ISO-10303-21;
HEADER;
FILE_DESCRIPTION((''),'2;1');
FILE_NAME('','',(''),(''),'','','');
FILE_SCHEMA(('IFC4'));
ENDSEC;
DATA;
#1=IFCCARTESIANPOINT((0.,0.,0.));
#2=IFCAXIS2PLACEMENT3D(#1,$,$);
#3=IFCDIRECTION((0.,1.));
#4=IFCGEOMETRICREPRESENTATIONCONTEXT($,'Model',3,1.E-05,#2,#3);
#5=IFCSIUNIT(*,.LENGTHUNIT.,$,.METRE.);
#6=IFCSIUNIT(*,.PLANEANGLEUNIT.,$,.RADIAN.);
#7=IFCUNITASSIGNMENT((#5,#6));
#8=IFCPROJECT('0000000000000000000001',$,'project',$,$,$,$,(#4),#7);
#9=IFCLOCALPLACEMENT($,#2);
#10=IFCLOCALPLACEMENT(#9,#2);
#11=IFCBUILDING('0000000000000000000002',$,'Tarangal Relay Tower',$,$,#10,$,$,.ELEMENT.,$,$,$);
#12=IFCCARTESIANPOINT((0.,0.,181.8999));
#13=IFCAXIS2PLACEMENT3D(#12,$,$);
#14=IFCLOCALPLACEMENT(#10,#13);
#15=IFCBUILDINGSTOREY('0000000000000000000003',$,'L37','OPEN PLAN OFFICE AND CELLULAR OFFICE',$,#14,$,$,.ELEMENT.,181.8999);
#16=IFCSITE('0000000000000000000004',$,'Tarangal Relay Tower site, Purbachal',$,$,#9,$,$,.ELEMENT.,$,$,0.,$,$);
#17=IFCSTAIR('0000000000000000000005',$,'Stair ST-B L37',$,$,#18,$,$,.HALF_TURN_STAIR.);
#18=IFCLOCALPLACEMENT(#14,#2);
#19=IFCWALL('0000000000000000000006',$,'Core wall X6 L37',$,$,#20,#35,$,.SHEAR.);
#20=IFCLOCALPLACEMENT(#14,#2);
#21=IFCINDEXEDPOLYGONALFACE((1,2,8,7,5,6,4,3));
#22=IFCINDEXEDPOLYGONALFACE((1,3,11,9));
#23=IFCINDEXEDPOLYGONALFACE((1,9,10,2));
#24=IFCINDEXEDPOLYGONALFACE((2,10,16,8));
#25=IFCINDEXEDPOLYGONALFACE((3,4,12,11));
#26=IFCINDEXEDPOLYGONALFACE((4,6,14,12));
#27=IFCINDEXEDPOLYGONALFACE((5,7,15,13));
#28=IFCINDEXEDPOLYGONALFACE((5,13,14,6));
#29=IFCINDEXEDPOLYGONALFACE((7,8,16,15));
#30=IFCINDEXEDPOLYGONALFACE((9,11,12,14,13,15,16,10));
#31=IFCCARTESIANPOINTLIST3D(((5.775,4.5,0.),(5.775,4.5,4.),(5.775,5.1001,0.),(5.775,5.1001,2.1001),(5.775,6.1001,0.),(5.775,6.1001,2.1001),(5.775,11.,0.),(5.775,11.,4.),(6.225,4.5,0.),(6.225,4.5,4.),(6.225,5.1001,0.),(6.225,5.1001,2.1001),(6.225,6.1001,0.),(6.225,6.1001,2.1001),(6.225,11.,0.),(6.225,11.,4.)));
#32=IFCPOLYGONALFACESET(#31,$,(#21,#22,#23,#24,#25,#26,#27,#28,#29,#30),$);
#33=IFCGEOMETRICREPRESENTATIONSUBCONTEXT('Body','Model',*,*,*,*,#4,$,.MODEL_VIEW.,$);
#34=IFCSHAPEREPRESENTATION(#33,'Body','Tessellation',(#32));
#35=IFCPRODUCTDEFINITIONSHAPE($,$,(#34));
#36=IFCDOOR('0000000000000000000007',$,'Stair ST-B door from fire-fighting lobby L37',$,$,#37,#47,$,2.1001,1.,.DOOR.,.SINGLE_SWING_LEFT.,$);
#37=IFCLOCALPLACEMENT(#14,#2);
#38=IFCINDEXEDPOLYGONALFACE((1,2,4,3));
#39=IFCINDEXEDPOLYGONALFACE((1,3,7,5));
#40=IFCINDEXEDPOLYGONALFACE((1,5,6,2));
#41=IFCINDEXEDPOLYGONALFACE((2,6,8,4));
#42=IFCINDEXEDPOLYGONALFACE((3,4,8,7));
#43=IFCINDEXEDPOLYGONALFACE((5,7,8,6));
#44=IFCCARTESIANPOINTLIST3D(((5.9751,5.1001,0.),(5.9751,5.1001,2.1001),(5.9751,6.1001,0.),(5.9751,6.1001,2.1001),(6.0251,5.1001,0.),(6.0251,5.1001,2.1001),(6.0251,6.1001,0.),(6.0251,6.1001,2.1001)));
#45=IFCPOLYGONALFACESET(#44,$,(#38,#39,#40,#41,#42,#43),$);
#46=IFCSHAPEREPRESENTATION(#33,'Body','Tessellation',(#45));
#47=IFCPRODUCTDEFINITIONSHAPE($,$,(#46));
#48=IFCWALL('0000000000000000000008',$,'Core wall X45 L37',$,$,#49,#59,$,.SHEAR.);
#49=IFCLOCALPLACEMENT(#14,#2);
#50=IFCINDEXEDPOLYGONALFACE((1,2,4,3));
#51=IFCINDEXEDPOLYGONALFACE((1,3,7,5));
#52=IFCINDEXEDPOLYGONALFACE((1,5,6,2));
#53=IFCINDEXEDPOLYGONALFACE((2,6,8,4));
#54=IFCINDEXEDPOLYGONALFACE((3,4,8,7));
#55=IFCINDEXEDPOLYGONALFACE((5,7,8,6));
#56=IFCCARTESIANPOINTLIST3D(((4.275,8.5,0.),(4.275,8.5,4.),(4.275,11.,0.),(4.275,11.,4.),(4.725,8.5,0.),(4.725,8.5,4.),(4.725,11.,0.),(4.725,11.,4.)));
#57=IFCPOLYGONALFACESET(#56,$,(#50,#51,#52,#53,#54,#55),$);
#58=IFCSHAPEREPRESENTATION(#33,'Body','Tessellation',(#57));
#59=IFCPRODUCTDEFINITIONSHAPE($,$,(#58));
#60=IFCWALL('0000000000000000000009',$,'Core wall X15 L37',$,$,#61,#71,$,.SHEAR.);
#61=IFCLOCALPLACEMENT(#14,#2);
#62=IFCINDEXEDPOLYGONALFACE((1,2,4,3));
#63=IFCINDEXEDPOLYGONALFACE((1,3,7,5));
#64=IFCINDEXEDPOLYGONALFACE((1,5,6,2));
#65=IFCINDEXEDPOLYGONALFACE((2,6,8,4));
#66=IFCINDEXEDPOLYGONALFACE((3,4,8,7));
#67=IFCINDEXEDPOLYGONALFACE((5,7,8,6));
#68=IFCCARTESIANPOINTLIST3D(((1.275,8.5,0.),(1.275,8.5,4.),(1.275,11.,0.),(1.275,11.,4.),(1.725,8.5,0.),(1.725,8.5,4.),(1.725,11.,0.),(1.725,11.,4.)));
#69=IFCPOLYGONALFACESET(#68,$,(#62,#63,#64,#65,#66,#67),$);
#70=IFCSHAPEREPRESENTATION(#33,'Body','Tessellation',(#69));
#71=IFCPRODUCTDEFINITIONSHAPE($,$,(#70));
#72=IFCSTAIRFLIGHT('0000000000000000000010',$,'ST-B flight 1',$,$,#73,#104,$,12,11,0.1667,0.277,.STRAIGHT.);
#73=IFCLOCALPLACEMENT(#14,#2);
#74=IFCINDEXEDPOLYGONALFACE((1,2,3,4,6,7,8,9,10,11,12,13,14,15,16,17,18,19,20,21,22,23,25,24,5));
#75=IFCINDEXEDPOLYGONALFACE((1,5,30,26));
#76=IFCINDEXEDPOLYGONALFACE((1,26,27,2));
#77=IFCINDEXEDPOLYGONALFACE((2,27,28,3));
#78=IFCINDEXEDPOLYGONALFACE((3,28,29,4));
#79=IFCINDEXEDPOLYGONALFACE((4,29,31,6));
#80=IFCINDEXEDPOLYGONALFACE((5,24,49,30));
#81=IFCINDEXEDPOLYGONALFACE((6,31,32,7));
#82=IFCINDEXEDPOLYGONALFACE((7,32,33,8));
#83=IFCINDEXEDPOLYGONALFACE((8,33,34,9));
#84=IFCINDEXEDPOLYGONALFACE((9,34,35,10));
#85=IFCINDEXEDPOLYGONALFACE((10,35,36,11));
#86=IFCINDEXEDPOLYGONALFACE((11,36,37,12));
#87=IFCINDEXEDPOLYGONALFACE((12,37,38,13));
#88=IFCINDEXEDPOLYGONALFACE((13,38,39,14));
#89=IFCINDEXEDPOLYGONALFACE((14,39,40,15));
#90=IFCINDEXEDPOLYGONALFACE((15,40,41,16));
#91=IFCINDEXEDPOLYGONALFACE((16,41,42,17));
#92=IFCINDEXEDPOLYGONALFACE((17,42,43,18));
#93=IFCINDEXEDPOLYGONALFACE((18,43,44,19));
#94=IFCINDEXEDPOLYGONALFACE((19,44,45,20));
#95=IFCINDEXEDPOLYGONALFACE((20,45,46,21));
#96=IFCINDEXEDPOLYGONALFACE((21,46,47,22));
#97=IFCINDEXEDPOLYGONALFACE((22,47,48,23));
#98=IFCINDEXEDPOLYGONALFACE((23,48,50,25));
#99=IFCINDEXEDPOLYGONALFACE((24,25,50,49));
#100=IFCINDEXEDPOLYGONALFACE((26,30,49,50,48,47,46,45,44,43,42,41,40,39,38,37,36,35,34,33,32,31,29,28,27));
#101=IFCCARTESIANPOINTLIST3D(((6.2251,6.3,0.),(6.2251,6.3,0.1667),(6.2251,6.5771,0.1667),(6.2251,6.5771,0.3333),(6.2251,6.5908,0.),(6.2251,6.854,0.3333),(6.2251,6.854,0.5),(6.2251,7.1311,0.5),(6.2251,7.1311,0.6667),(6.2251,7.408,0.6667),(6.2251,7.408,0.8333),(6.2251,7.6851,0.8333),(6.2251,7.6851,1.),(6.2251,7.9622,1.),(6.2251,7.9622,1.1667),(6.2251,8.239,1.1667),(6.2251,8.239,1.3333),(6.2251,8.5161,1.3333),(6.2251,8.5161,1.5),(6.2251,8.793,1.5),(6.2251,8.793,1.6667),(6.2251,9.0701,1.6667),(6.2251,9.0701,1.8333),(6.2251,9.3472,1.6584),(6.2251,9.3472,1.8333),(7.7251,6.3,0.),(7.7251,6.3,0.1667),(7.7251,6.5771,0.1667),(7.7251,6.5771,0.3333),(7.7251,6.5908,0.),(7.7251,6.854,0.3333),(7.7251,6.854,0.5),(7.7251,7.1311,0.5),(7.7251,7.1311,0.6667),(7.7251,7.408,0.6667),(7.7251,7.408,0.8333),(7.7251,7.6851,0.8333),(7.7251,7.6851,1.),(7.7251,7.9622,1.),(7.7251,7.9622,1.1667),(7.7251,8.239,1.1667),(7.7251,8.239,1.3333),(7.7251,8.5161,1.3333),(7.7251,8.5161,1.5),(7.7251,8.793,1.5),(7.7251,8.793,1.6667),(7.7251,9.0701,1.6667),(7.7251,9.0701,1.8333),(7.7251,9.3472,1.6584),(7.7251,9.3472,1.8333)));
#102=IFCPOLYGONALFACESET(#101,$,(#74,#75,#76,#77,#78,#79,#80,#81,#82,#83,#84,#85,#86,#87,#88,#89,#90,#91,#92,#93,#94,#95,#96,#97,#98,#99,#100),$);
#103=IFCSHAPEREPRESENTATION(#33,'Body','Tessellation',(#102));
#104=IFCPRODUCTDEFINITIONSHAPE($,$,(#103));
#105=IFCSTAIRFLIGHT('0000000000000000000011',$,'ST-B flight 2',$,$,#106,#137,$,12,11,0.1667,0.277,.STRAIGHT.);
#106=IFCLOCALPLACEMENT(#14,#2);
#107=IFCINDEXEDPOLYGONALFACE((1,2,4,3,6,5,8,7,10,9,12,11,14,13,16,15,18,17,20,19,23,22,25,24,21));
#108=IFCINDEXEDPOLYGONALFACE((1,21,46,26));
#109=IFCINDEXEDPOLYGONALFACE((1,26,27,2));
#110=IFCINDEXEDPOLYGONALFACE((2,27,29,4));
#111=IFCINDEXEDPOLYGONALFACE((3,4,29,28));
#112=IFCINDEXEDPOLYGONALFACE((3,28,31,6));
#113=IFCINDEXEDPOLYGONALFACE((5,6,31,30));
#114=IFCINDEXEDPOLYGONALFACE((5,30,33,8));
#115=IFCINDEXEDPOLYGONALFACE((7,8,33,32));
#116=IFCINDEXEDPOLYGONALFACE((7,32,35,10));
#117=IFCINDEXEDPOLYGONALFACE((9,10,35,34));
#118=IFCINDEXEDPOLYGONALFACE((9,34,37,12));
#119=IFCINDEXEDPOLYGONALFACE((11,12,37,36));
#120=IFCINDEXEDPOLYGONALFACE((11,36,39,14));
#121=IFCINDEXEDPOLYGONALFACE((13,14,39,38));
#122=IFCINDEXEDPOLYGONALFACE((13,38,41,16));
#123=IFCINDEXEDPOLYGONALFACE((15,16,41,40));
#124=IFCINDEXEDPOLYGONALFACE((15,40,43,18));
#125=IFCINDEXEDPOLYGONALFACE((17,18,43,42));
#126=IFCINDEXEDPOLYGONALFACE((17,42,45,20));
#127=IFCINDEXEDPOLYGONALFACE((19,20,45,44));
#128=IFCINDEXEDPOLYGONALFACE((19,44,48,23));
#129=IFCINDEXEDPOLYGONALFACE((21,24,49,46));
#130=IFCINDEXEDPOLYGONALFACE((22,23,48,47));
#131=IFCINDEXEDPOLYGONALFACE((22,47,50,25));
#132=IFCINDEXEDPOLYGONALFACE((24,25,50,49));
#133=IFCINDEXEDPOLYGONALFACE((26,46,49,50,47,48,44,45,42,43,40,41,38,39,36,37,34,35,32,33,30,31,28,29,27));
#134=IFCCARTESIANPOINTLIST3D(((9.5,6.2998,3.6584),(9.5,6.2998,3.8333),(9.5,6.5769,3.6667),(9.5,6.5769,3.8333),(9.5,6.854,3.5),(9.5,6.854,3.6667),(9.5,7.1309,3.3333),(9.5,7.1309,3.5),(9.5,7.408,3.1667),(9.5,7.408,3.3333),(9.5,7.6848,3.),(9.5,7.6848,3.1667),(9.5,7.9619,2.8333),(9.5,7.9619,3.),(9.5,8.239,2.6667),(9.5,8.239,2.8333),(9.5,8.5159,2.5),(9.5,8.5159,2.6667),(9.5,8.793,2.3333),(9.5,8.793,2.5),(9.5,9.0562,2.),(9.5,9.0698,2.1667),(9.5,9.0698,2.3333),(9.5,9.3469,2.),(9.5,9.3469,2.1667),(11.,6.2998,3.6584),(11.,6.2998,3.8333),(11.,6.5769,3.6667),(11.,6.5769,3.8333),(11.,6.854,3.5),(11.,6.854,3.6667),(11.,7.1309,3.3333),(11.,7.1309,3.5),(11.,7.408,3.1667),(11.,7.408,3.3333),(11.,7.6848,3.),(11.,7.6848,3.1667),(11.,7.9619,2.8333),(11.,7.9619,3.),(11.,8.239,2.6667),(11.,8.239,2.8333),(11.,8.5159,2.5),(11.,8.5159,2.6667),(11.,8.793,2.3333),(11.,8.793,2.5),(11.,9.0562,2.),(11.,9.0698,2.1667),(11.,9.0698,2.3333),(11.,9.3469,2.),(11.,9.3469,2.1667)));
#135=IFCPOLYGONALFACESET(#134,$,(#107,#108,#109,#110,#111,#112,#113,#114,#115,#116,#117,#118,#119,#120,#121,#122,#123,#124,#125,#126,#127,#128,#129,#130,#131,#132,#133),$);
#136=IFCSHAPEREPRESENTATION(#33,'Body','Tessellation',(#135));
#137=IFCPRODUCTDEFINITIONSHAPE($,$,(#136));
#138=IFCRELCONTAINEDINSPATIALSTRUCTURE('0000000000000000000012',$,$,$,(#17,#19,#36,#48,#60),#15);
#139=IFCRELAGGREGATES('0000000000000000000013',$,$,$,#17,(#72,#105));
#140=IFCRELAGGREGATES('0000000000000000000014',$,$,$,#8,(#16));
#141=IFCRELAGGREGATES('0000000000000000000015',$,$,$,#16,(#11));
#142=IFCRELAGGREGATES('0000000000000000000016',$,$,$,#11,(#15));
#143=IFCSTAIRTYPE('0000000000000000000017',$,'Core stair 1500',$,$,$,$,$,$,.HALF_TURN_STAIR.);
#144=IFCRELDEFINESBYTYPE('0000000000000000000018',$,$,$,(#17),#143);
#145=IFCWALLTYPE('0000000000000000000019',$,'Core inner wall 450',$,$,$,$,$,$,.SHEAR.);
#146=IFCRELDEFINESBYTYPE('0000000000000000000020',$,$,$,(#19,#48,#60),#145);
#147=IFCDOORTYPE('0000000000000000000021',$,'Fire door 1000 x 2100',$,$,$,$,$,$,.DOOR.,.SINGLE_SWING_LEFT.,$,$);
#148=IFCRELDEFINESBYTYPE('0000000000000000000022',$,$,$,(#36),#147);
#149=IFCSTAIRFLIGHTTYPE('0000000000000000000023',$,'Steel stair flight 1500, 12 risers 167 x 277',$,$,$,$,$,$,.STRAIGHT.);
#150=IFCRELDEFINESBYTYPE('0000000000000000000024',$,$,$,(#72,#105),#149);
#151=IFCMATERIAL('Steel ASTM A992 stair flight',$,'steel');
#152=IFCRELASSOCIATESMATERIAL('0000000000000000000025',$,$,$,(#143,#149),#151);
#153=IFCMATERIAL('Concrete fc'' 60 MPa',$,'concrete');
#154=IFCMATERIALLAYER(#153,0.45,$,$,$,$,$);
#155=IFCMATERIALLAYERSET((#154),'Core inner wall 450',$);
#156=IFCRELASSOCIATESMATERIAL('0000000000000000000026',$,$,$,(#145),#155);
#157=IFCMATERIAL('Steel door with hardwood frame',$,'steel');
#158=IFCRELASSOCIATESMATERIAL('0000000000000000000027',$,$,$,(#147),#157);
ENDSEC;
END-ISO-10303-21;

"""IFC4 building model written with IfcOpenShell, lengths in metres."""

from ifc_helpers import new_model, si_unit, direction, frame, frame_2d, origin, place, context, subcontext, project, spatial, polyline, rectangle, outline, extrude, material, layer, layer_set, type_object, element, fill, aggregate, save


model = new_model("IFC4")

# Units and contexts
model_context = context("Model", 3, precision=1e-05, world=origin(), true_north=direction((0.0, 1.0)))
body_context = subcontext(model_context, "Body", "Model", "MODEL_VIEW")
ifc_project = project(units=[si_unit("LENGTHUNIT", "METRE"), si_unit("PLANEANGLEUNIT", "RADIAN")], contexts=[model_context])

# Site, building, storey
site_placement = place(None, origin())
site = spatial("IfcSite", under=ifc_project, at=site_placement, Name="Tarangal Relay Tower site, Purbachal", CompositionType="ELEMENT", RefElevation=0.0)
building_placement = place(site_placement, origin())
building = spatial("IfcBuilding", under=site, at=building_placement, Name="Tarangal Relay Tower", CompositionType="ELEMENT")
storey_placement = place(building_placement, frame((0.0, 0.0, 181.8999)))
storey = spatial("IfcBuildingStorey", under=building, at=storey_placement, Name="L37", Description="OPEN PLAN OFFICE AND CELLULAR OFFICE", CompositionType="ELEMENT", Elevation=181.8999)

# Stair
ifc_material_1 = material(Name="Steel ASTM A992 stair flight", Category="steel")
stair_type = type_object("IfcStairType", Name="Core stair 1500", PredefinedType="HALF_TURN_STAIR", material=ifc_material_1)
stair_1_placement = place(storey_placement, origin())
stair_1 = element("IfcStair", 1, at=stair_1_placement, inside=storey, type_object=stair_type, Name="Stair ST-B L37", PredefinedType="HALF_TURN_STAIR")

# Shared definitions
ifc_material_2 = material(Name="Concrete fc' 60 MPa", Category="concrete")
ifc_layer_1 = layer(ifc_material_2, 0.45)
ifc_layer_set_1 = layer_set([ifc_layer_1], Name="Core inner wall 450")
wall_type = type_object("IfcWallType", Name="Core inner wall 450", PredefinedType="SHEAR", material=ifc_layer_set_1)

# Wall, opening, door
wall_placement = place(storey_placement, frame((6.0, 4.5, 0.0), z_axis=(0.0, 0.0, 1.0), x_axis=(0.0, 1.0, 0.0)))
wall = element("IfcWall", 2, at=wall_placement, inside=storey, type_object=wall_type, Name="Core wall X6 L37", PredefinedType="SHEAR", context=body_context, shape_type="SweptSolid", body=[
    extrude(rectangle(XDim=6.5, YDim=0.45, at=frame_2d((3.25, 0.0))), origin(), (0.0, 0.0, 1.0), 4.0),
])
opening_placement = place(wall_placement, frame((0.6001, 0.0, 0.0)))
opening = element("IfcOpeningElement", 3, at=opening_placement, cuts=wall, PredefinedType="OPENING", context=body_context, shape_type="SweptSolid", body=[
    extrude(rectangle(XDim=1.0, YDim=2.1001, at=frame_2d((0.5, 1.05))), frame((0.0, 0.2349, 0.0), z_axis=(0.0, -1.0, 0.0), x_axis=(1.0, 0.0, 0.0)), (0.0, 0.0, 1.0), 0.47),
])
ifc_material_3 = material(Name="Steel door with hardwood frame", Category="steel")
door_type = type_object("IfcDoorType", Name="Fire door 1000 x 2100", OperationType="SINGLE_SWING_LEFT", PredefinedType="DOOR", material=ifc_material_3)
door_placement = place(opening_placement, origin())
door = element("IfcDoor", 4, at=door_placement, inside=storey, type_object=door_type, Name="Stair ST-B door from fire-fighting lobby L37", OperationType="SINGLE_SWING_LEFT", OverallHeight=2.1001, OverallWidth=1.0, PredefinedType="DOOR", context=body_context, shape_type="SweptSolid", body=[
    extrude(rectangle(XDim=1.0, YDim=2.1001, at=frame_2d((0.5, 1.05))), frame((0.0, 0.0249, 0.0), z_axis=(0.0, -1.0, 0.0), x_axis=(1.0, 0.0, 0.0)), (0.0, 0.0, 1.0), 0.05),
])
fill(opening, door)

# Walls
for number, where, z_axis, x_axis, name in (
    (5, (4.5, 8.5, 0.0), (0.0, 0.0, 1.0), (0.0, 1.0, 0.0), "Core wall X45 L37"),
    (6, (1.5, 8.5, 0.0), (0.0, 0.0, 1.0), (0.0, 1.0, 0.0), "Core wall X15 L37"),
):
    element("IfcWall", number, at=place(storey_placement, frame(where, z_axis=z_axis, x_axis=x_axis)), inside=storey, type_object=wall_type, Name=name, PredefinedType="SHEAR", context=body_context, shape_type="SweptSolid", body=[
        extrude(rectangle(XDim=2.5, YDim=0.45, at=frame_2d((1.25, 0.0))), origin(), (0.0, 0.0, 1.0), 4.0),
    ])

# Stair flights
stair_flight_type = type_object("IfcStairFlightType", Name="Steel stair flight 1500, 12 risers 167 x 277", PredefinedType="STRAIGHT", material=ifc_material_1)
stair_flight_1_placement = place(storey_placement, frame((6.9751, 6.3, 0.0), z_axis=(0.0, 0.0, 1.0), x_axis=(0.0, 1.0, 0.0)))
stair_flight_1 = element("IfcStairFlight", 7, at=stair_flight_1_placement, type_object=stair_flight_type, Name="ST-B flight 1", NumberOfRisers=12, NumberOfTreads=11, PredefinedType="STRAIGHT", RiserHeight=0.1667, TreadLength=0.277, context=body_context, shape_type="SweptSolid", body=[
    extrude(outline(polyline([(0.0, 0.0), (0.0, 0.1667), (0.2771, 0.1667), (0.2771, 0.3333), (0.554, 0.3333), (0.554, 0.5), (0.8311, 0.5), (0.8311, 0.6667), (1.1079, 0.6667), (1.1079, 0.8333), (1.385, 0.8333), (1.385, 1.0), (1.6621, 1.0), (1.6621, 1.1667), (1.939, 1.1667), (1.939, 1.3333), (2.2161, 1.3333), (2.2161, 1.5), (2.4929, 1.5), (2.4929, 1.6667), (2.77, 1.6667), (2.77, 1.8333), (3.0471, 1.8333), (3.0471, 2.0), (3.0471, 1.6584), (0.2908, 0.0), (0.0, 0.0)])), frame((0.0, 0.75, 0.0), z_axis=(0.0, -1.0, 0.0), x_axis=(1.0, 0.0, 0.0)), (0.0, 0.0, 1.0), 1.5),
])
stair_flight_2_placement = place(storey_placement, frame((10.25, 9.3469, 2.0), z_axis=(0.0, 0.0, 1.0), x_axis=(0.0, -1.0, 0.0)))
stair_flight_2 = element("IfcStairFlight", 8, at=stair_flight_2_placement, type_object=stair_flight_type, Name="ST-B flight 2", NumberOfRisers=12, NumberOfTreads=11, PredefinedType="STRAIGHT", RiserHeight=0.1667, TreadLength=0.277, context=body_context, shape_type="SweptSolid", body=[
    extrude(outline(polyline([(0.0, 0.0), (0.0, 0.1667), (0.2771, 0.1667), (0.2771, 0.3333), (0.554, 0.3333), (0.554, 0.5), (0.8311, 0.5), (0.8311, 0.6667), (1.1079, 0.6667), (1.1079, 0.8333), (1.385, 0.8333), (1.385, 1.0), (1.6621, 1.0), (1.6621, 1.1667), (1.939, 1.1667), (1.939, 1.3333), (2.2161, 1.3333), (2.2161, 1.5), (2.4929, 1.5), (2.4929, 1.6667), (2.77, 1.6667), (2.77, 1.8333), (3.0471, 1.8333), (3.0471, 2.0), (3.0471, 1.6584), (0.2908, 0.0), (0.0, 0.0)])), frame((0.0, 0.75, 0.0), z_axis=(0.0, -1.0, 0.0), x_axis=(1.0, 0.0, 0.0)), (0.0, 0.0, 1.0), 1.5),
])
aggregate(stair_1, [stair_flight_1, stair_flight_2])

save(model, "model.ifc")
